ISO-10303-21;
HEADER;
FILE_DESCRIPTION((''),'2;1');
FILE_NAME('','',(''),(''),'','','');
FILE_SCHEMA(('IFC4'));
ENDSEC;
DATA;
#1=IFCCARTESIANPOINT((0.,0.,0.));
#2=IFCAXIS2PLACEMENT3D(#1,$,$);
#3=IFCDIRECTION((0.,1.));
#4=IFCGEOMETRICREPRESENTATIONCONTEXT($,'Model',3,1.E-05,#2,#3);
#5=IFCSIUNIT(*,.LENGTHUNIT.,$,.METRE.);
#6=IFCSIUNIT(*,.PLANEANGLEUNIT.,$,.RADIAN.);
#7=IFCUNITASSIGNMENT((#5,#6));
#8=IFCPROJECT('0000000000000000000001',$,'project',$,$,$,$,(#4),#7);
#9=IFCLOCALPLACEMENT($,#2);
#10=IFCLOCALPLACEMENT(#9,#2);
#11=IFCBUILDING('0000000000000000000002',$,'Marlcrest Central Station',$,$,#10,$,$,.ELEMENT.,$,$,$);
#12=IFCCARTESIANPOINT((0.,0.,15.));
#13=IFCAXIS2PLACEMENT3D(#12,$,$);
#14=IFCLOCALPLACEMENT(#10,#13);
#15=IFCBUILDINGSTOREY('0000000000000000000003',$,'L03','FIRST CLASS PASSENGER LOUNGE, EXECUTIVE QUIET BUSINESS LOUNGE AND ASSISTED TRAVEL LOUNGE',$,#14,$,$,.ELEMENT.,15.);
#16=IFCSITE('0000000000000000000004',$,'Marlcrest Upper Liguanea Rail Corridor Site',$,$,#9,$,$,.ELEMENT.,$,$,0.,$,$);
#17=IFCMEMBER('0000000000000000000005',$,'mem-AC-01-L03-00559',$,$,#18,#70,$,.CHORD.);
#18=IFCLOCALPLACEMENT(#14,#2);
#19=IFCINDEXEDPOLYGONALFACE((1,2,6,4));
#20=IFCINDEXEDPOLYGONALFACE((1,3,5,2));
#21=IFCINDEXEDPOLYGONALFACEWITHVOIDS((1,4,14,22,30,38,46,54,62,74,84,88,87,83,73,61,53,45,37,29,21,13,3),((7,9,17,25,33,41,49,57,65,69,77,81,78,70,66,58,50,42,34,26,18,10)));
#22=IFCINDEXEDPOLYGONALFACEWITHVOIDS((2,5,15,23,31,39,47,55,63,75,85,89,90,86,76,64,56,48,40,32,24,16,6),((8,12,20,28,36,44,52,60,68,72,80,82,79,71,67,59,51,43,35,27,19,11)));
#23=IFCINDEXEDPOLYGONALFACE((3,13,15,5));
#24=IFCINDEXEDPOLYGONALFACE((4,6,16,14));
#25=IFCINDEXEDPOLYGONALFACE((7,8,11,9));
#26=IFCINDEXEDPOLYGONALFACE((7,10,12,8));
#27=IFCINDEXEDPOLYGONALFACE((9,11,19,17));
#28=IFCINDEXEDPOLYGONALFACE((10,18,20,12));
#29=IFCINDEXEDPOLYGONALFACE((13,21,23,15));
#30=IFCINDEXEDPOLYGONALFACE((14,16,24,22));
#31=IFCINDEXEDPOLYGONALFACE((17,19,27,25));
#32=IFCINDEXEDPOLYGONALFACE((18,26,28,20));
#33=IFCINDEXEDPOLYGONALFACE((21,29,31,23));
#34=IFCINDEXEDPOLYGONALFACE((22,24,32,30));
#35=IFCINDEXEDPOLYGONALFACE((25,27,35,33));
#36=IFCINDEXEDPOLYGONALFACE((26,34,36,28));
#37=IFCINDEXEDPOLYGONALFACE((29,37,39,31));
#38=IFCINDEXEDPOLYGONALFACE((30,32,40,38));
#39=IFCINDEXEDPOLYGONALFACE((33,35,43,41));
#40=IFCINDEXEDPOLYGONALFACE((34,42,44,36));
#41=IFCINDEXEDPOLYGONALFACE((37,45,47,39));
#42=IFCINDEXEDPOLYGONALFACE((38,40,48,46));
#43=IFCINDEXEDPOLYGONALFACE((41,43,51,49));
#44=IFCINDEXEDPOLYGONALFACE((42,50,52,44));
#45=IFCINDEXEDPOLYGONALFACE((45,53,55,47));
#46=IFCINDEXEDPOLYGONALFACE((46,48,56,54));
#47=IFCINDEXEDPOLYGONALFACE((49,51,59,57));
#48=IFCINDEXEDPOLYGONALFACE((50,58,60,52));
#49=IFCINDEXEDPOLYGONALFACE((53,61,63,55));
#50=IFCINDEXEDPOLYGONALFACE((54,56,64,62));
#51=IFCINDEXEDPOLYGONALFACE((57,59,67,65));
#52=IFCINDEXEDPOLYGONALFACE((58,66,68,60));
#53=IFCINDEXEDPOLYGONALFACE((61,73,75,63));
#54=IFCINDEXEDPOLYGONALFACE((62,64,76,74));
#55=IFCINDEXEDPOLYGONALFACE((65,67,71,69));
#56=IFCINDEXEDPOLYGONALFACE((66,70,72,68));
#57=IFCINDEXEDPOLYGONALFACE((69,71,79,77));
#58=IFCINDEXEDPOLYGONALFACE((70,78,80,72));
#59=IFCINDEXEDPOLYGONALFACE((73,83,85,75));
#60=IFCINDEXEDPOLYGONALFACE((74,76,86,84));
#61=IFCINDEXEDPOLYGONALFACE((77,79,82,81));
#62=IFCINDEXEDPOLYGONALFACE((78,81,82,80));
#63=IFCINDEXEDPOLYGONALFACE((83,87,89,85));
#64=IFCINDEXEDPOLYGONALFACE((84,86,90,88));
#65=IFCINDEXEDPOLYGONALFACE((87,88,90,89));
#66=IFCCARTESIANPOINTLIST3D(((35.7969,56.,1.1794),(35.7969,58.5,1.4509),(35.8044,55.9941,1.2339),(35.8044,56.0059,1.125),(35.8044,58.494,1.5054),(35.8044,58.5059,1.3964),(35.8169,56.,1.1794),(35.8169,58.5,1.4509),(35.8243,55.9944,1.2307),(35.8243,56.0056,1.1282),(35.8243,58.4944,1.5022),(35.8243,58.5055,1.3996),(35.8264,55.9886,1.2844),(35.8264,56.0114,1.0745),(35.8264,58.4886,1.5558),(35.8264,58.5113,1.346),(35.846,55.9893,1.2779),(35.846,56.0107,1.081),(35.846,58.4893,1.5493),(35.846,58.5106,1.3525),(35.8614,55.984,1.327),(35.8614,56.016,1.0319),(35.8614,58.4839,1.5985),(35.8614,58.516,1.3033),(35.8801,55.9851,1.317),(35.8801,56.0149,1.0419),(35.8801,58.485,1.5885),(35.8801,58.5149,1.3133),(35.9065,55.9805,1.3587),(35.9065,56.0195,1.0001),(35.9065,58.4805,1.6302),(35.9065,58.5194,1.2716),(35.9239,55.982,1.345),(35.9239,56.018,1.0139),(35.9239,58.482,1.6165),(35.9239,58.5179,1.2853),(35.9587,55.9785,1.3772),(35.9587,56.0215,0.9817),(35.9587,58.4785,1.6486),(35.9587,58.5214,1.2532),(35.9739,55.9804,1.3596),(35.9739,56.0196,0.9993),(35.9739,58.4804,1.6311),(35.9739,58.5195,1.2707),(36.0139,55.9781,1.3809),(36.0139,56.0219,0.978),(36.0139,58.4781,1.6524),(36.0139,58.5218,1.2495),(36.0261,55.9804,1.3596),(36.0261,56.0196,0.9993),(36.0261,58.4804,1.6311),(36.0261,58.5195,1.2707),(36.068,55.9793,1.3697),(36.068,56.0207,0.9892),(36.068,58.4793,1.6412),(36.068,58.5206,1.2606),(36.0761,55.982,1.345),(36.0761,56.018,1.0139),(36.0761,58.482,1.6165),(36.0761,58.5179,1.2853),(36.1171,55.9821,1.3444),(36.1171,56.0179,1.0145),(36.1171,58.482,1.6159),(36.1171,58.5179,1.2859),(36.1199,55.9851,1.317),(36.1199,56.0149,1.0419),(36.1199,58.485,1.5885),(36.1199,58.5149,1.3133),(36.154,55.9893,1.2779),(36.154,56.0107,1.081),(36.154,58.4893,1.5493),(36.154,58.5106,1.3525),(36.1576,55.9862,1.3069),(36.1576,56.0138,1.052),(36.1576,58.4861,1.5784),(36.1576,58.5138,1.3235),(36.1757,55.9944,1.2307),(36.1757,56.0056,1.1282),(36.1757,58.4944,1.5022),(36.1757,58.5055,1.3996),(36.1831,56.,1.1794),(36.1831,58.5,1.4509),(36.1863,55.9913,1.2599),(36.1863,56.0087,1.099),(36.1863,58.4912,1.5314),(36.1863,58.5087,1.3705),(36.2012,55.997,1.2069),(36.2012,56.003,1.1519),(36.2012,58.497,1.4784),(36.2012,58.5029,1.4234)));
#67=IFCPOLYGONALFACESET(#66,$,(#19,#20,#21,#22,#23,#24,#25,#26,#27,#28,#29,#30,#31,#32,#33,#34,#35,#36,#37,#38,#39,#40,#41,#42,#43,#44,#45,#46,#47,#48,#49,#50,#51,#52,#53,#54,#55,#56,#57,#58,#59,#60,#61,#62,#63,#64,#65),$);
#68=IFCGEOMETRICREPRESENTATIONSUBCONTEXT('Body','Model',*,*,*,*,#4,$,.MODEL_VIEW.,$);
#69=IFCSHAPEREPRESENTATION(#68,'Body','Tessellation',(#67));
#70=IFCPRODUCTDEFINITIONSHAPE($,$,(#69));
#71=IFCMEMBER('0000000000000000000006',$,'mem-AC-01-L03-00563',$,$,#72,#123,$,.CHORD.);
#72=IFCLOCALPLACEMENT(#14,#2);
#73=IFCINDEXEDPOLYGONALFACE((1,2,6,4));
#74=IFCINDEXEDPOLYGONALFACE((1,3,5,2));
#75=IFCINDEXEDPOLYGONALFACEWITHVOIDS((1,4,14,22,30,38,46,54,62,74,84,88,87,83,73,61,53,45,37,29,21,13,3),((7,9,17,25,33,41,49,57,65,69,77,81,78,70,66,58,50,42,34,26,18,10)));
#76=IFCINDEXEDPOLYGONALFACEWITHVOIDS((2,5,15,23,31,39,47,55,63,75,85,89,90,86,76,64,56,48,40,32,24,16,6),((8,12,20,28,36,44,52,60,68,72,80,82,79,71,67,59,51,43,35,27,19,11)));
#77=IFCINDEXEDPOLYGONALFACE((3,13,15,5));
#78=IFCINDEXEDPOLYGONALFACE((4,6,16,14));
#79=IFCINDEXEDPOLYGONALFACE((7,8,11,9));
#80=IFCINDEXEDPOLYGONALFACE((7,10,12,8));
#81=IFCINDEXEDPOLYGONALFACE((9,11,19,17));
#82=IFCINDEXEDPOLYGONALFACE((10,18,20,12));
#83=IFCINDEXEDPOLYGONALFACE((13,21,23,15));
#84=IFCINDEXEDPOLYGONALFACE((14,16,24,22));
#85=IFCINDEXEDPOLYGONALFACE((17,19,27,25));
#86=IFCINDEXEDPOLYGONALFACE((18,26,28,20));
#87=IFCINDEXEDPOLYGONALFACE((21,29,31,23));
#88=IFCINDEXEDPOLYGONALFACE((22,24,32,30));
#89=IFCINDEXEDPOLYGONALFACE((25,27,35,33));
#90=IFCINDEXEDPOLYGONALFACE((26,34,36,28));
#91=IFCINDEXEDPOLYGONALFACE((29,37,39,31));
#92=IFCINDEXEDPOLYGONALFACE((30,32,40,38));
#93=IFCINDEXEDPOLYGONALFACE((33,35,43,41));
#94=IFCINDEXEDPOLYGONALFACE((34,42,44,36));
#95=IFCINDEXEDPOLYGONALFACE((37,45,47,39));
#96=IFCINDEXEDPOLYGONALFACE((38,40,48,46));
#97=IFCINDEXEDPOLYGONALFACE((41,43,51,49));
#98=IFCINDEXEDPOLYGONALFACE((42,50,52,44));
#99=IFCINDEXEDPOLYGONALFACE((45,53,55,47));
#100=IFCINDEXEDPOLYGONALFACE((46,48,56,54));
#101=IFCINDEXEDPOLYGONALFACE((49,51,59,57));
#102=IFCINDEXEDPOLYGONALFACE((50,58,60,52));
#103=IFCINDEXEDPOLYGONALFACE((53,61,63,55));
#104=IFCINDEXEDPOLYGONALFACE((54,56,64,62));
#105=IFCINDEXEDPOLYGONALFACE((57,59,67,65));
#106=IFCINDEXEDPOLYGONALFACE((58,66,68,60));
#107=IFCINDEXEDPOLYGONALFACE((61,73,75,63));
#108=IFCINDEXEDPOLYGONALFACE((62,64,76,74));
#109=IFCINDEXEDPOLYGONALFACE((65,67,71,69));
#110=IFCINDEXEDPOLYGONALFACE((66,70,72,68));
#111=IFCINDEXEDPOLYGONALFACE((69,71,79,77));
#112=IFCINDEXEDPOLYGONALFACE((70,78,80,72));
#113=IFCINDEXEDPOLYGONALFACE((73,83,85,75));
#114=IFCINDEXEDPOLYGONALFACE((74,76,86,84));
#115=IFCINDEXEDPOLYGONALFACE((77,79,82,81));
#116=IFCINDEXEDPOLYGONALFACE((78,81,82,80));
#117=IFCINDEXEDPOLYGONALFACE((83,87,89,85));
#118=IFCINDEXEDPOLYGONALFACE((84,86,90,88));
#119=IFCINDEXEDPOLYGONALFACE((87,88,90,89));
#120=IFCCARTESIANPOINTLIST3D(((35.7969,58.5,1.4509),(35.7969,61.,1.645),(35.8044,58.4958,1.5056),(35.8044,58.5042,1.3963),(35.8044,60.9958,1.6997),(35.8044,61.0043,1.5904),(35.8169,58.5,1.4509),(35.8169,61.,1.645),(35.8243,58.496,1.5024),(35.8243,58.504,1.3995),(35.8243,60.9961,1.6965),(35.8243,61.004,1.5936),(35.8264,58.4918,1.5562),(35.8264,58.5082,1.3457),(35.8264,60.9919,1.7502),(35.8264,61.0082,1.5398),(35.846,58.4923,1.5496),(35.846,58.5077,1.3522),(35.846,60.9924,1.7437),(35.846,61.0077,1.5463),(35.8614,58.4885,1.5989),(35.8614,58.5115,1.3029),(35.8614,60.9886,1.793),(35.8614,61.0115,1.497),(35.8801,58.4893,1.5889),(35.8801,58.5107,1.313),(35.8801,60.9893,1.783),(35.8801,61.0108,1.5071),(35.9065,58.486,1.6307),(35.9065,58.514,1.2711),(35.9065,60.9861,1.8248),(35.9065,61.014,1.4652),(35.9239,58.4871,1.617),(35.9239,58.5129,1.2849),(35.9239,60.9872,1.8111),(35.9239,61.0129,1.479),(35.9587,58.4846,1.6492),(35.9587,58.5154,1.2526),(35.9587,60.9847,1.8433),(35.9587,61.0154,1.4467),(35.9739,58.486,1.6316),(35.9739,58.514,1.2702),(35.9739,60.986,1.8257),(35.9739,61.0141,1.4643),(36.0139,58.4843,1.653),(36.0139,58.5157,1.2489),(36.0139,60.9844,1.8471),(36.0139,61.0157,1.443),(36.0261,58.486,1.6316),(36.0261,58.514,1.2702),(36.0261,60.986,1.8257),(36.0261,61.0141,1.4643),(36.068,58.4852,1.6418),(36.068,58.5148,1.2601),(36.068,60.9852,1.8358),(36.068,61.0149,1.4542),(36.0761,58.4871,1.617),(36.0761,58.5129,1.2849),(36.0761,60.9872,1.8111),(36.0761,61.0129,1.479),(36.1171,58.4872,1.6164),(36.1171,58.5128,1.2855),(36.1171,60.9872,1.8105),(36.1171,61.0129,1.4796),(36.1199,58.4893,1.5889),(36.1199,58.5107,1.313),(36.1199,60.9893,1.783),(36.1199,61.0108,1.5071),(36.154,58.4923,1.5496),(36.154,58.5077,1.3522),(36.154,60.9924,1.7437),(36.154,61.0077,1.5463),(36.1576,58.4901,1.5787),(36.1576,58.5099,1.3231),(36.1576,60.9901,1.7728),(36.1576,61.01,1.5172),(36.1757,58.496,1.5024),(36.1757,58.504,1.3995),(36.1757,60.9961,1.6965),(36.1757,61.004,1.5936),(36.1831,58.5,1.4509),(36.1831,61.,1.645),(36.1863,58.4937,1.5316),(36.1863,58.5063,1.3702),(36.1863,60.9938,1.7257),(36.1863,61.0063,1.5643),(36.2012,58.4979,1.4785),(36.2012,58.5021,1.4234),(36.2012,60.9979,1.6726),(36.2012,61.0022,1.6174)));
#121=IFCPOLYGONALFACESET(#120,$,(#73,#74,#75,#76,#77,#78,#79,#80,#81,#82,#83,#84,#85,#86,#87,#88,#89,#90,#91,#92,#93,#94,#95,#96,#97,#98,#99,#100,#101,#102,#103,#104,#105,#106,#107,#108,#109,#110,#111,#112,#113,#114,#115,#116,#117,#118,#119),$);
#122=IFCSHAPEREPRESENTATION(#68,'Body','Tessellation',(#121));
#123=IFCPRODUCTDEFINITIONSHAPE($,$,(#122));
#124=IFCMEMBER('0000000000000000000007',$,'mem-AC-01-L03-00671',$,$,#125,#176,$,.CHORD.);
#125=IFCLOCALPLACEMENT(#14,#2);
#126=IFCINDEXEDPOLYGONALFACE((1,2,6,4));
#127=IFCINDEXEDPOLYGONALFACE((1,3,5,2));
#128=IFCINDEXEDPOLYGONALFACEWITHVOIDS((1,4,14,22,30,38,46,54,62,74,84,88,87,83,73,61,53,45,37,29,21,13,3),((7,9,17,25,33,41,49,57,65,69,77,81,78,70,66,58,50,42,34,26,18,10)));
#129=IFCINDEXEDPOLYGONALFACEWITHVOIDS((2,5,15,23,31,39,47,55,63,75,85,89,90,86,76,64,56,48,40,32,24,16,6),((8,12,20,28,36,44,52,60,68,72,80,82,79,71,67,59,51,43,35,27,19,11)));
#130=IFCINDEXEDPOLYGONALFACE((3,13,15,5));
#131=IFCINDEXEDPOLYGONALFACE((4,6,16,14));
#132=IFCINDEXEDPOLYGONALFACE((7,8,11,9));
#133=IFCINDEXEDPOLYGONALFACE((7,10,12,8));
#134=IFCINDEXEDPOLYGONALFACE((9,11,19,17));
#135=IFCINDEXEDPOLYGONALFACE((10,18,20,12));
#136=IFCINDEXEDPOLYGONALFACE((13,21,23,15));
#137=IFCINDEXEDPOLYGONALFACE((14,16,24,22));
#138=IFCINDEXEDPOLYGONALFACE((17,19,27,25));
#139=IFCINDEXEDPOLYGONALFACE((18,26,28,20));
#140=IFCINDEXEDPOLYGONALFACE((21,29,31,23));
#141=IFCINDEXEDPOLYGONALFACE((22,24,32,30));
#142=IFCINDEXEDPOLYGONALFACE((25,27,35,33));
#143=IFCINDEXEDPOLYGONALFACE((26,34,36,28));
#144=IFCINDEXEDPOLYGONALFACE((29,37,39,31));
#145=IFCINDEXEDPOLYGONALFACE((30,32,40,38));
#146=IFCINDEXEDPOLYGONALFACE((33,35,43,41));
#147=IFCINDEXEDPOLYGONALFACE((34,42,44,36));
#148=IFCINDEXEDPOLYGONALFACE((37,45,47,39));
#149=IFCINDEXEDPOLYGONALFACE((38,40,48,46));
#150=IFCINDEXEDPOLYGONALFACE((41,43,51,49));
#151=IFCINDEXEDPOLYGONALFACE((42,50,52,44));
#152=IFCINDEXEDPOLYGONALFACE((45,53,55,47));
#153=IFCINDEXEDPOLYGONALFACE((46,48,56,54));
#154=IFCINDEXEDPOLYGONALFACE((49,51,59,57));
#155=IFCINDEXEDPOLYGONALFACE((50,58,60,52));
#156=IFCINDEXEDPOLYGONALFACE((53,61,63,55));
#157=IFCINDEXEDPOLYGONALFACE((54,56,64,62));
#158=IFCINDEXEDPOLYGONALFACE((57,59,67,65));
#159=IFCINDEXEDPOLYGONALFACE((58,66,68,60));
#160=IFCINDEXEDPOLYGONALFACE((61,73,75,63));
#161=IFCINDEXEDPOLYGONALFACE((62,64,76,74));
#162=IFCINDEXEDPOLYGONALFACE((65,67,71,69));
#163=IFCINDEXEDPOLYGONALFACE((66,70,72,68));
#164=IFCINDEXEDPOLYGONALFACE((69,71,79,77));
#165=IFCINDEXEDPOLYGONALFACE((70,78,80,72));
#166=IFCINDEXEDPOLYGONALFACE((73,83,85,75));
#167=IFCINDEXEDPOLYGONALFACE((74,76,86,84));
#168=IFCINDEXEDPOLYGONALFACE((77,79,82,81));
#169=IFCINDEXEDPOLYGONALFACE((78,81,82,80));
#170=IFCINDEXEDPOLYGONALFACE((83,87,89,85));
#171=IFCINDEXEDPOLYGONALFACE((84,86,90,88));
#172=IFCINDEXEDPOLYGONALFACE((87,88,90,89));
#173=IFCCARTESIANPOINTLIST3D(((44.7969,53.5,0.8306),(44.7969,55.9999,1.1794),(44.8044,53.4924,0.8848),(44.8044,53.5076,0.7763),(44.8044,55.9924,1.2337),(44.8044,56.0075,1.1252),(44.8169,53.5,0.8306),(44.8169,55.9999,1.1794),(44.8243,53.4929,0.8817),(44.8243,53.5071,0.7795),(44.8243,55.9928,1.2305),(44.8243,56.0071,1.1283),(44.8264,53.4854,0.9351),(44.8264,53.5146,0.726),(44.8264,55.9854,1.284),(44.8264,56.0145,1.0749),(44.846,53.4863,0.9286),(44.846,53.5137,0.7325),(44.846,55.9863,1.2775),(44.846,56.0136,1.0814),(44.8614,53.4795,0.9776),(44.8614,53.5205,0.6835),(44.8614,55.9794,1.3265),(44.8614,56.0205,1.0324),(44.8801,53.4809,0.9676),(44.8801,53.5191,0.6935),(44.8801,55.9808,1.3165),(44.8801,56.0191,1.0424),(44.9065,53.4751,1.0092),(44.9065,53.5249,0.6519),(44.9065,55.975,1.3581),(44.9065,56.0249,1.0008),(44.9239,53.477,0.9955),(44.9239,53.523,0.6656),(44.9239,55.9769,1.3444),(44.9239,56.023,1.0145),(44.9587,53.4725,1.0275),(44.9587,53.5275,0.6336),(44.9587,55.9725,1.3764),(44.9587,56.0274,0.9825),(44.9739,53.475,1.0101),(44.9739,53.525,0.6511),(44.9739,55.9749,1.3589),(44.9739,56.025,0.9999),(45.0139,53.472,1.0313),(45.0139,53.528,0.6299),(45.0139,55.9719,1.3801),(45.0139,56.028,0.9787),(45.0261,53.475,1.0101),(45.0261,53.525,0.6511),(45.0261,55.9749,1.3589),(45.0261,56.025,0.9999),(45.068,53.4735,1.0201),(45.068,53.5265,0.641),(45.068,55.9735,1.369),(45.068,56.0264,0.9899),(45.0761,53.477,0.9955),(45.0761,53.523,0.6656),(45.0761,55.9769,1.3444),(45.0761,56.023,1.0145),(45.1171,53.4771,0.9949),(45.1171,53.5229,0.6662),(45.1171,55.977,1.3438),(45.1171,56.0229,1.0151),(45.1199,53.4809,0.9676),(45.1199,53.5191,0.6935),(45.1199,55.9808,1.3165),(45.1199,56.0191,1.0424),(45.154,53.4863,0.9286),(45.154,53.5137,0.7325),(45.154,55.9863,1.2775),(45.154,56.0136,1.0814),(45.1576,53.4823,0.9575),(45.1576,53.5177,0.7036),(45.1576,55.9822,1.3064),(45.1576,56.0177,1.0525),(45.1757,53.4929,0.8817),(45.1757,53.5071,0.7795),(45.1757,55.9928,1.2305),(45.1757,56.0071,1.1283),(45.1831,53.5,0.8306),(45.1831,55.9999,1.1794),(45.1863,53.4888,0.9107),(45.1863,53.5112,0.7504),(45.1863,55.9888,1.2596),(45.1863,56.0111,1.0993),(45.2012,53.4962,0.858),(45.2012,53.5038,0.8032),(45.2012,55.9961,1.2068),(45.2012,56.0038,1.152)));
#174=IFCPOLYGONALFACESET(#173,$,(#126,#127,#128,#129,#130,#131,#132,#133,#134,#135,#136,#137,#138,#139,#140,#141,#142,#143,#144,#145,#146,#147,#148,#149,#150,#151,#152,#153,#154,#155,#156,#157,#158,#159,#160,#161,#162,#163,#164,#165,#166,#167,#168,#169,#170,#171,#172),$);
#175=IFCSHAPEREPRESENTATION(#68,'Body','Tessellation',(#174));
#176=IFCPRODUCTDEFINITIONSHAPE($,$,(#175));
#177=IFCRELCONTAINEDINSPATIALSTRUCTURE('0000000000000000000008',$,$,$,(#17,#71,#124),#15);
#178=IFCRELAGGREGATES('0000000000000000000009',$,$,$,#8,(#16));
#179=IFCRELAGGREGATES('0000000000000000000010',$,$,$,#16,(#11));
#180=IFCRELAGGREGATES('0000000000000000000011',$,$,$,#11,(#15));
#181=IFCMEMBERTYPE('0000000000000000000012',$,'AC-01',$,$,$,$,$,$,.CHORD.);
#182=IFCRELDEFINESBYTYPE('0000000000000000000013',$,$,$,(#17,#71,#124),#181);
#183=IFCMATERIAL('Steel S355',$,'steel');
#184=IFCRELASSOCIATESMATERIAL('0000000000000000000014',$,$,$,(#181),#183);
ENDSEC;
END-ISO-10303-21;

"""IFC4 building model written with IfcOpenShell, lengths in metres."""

from ifc_helpers import new_model, si_unit, direction, frame, origin, origin_2d, place, context, subcontext, project, spatial, hollow_circle, extrude, material, material_profile, profile_set, type_object, element, save


model = new_model("IFC4")

# Units and contexts
model_context = context("Model", 3, precision=1e-05, world=origin(), true_north=direction((0.0, 1.0)))
body_context = subcontext(model_context, "Body", "Model", "MODEL_VIEW")
ifc_project = project(units=[si_unit("LENGTHUNIT", "METRE"), si_unit("PLANEANGLEUNIT", "RADIAN")], contexts=[model_context])

# Site, building, storey
site_placement = place(None, origin())
site = spatial("IfcSite", under=ifc_project, at=site_placement, Name="Marlcrest Upper Liguanea Rail Corridor Site", CompositionType="ELEMENT", RefElevation=0.0)
building_placement = place(site_placement, origin())
building = spatial("IfcBuilding", under=site, at=building_placement, Name="Marlcrest Central Station", CompositionType="ELEMENT")
storey_placement = place(building_placement, frame((0.0, 0.0, 15.0)))
storey = spatial("IfcBuildingStorey", under=building, at=storey_placement, Name="L03", Description="FIRST CLASS PASSENGER LOUNGE, EXECUTIVE QUIET BUSINESS LOUNGE AND ASSISTED TRAVEL LOUNGE", CompositionType="ELEMENT", Elevation=15.0)

# Members
ifc_material_1 = material(Name="Steel S355", Category="steel")
ifc_material_profile_1 = material_profile(ifc_material_1, hollow_circle(Radius=0.2031, WallThickness=0.02, at=origin_2d()), Name="CHS 406.4x20")
ifc_profile_set_1 = profile_set([ifc_material_profile_1], Name="Steel S355")
member_type_1 = type_object("IfcMemberType", Name="AC-01", PredefinedType="CHORD", material=ifc_profile_set_1)
member_1_placement = place(storey_placement, frame((36.0, 56.0, 1.1794), z_axis=(0.0, 0.994155, 0.107959), x_axis=(-1.0, 0.0, 0.0)))
element("IfcMember", 1, at=member_1_placement, inside=storey, type_object=member_type_1, Name="mem-AC-01-L03-00559", PredefinedType="CHORD", context=body_context, shape_type="SweptSolid", body=[
    extrude(hollow_circle(Radius=0.2031, WallThickness=0.02, at=origin_2d()), origin(), (0.0, 0.0, 1.0), 2.5146),
])
member_2_placement = place(storey_placement, frame((36.0, 58.5, 1.4509), z_axis=(0.0, 0.997, 0.077404), x_axis=(-1.0, 0.0, 0.0)))
element("IfcMember", 2, at=member_2_placement, inside=storey, type_object=member_type_1, Name="mem-AC-01-L03-00563", PredefinedType="CHORD", context=body_context, shape_type="SweptSolid", body=[
    extrude(hollow_circle(Radius=0.2031, WallThickness=0.02, at=origin_2d()), origin(), (0.0, 0.0, 1.0), 2.5076),
])
member_3_placement = place(storey_placement, frame((45.0, 53.5, 0.8306), z_axis=(0.0, 0.990403, 0.138211), x_axis=(-1.0, 0.0, 0.0)))
element("IfcMember", 3, at=member_3_placement, inside=storey, type_object=member_type_1, Name="mem-AC-01-L03-00671", PredefinedType="CHORD", context=body_context, shape_type="SweptSolid", body=[
    extrude(hollow_circle(Radius=0.2031, WallThickness=0.02, at=origin_2d()), origin(), (0.0, 0.0, 1.0), 2.5242),
])

save(model, "model.ifc")
